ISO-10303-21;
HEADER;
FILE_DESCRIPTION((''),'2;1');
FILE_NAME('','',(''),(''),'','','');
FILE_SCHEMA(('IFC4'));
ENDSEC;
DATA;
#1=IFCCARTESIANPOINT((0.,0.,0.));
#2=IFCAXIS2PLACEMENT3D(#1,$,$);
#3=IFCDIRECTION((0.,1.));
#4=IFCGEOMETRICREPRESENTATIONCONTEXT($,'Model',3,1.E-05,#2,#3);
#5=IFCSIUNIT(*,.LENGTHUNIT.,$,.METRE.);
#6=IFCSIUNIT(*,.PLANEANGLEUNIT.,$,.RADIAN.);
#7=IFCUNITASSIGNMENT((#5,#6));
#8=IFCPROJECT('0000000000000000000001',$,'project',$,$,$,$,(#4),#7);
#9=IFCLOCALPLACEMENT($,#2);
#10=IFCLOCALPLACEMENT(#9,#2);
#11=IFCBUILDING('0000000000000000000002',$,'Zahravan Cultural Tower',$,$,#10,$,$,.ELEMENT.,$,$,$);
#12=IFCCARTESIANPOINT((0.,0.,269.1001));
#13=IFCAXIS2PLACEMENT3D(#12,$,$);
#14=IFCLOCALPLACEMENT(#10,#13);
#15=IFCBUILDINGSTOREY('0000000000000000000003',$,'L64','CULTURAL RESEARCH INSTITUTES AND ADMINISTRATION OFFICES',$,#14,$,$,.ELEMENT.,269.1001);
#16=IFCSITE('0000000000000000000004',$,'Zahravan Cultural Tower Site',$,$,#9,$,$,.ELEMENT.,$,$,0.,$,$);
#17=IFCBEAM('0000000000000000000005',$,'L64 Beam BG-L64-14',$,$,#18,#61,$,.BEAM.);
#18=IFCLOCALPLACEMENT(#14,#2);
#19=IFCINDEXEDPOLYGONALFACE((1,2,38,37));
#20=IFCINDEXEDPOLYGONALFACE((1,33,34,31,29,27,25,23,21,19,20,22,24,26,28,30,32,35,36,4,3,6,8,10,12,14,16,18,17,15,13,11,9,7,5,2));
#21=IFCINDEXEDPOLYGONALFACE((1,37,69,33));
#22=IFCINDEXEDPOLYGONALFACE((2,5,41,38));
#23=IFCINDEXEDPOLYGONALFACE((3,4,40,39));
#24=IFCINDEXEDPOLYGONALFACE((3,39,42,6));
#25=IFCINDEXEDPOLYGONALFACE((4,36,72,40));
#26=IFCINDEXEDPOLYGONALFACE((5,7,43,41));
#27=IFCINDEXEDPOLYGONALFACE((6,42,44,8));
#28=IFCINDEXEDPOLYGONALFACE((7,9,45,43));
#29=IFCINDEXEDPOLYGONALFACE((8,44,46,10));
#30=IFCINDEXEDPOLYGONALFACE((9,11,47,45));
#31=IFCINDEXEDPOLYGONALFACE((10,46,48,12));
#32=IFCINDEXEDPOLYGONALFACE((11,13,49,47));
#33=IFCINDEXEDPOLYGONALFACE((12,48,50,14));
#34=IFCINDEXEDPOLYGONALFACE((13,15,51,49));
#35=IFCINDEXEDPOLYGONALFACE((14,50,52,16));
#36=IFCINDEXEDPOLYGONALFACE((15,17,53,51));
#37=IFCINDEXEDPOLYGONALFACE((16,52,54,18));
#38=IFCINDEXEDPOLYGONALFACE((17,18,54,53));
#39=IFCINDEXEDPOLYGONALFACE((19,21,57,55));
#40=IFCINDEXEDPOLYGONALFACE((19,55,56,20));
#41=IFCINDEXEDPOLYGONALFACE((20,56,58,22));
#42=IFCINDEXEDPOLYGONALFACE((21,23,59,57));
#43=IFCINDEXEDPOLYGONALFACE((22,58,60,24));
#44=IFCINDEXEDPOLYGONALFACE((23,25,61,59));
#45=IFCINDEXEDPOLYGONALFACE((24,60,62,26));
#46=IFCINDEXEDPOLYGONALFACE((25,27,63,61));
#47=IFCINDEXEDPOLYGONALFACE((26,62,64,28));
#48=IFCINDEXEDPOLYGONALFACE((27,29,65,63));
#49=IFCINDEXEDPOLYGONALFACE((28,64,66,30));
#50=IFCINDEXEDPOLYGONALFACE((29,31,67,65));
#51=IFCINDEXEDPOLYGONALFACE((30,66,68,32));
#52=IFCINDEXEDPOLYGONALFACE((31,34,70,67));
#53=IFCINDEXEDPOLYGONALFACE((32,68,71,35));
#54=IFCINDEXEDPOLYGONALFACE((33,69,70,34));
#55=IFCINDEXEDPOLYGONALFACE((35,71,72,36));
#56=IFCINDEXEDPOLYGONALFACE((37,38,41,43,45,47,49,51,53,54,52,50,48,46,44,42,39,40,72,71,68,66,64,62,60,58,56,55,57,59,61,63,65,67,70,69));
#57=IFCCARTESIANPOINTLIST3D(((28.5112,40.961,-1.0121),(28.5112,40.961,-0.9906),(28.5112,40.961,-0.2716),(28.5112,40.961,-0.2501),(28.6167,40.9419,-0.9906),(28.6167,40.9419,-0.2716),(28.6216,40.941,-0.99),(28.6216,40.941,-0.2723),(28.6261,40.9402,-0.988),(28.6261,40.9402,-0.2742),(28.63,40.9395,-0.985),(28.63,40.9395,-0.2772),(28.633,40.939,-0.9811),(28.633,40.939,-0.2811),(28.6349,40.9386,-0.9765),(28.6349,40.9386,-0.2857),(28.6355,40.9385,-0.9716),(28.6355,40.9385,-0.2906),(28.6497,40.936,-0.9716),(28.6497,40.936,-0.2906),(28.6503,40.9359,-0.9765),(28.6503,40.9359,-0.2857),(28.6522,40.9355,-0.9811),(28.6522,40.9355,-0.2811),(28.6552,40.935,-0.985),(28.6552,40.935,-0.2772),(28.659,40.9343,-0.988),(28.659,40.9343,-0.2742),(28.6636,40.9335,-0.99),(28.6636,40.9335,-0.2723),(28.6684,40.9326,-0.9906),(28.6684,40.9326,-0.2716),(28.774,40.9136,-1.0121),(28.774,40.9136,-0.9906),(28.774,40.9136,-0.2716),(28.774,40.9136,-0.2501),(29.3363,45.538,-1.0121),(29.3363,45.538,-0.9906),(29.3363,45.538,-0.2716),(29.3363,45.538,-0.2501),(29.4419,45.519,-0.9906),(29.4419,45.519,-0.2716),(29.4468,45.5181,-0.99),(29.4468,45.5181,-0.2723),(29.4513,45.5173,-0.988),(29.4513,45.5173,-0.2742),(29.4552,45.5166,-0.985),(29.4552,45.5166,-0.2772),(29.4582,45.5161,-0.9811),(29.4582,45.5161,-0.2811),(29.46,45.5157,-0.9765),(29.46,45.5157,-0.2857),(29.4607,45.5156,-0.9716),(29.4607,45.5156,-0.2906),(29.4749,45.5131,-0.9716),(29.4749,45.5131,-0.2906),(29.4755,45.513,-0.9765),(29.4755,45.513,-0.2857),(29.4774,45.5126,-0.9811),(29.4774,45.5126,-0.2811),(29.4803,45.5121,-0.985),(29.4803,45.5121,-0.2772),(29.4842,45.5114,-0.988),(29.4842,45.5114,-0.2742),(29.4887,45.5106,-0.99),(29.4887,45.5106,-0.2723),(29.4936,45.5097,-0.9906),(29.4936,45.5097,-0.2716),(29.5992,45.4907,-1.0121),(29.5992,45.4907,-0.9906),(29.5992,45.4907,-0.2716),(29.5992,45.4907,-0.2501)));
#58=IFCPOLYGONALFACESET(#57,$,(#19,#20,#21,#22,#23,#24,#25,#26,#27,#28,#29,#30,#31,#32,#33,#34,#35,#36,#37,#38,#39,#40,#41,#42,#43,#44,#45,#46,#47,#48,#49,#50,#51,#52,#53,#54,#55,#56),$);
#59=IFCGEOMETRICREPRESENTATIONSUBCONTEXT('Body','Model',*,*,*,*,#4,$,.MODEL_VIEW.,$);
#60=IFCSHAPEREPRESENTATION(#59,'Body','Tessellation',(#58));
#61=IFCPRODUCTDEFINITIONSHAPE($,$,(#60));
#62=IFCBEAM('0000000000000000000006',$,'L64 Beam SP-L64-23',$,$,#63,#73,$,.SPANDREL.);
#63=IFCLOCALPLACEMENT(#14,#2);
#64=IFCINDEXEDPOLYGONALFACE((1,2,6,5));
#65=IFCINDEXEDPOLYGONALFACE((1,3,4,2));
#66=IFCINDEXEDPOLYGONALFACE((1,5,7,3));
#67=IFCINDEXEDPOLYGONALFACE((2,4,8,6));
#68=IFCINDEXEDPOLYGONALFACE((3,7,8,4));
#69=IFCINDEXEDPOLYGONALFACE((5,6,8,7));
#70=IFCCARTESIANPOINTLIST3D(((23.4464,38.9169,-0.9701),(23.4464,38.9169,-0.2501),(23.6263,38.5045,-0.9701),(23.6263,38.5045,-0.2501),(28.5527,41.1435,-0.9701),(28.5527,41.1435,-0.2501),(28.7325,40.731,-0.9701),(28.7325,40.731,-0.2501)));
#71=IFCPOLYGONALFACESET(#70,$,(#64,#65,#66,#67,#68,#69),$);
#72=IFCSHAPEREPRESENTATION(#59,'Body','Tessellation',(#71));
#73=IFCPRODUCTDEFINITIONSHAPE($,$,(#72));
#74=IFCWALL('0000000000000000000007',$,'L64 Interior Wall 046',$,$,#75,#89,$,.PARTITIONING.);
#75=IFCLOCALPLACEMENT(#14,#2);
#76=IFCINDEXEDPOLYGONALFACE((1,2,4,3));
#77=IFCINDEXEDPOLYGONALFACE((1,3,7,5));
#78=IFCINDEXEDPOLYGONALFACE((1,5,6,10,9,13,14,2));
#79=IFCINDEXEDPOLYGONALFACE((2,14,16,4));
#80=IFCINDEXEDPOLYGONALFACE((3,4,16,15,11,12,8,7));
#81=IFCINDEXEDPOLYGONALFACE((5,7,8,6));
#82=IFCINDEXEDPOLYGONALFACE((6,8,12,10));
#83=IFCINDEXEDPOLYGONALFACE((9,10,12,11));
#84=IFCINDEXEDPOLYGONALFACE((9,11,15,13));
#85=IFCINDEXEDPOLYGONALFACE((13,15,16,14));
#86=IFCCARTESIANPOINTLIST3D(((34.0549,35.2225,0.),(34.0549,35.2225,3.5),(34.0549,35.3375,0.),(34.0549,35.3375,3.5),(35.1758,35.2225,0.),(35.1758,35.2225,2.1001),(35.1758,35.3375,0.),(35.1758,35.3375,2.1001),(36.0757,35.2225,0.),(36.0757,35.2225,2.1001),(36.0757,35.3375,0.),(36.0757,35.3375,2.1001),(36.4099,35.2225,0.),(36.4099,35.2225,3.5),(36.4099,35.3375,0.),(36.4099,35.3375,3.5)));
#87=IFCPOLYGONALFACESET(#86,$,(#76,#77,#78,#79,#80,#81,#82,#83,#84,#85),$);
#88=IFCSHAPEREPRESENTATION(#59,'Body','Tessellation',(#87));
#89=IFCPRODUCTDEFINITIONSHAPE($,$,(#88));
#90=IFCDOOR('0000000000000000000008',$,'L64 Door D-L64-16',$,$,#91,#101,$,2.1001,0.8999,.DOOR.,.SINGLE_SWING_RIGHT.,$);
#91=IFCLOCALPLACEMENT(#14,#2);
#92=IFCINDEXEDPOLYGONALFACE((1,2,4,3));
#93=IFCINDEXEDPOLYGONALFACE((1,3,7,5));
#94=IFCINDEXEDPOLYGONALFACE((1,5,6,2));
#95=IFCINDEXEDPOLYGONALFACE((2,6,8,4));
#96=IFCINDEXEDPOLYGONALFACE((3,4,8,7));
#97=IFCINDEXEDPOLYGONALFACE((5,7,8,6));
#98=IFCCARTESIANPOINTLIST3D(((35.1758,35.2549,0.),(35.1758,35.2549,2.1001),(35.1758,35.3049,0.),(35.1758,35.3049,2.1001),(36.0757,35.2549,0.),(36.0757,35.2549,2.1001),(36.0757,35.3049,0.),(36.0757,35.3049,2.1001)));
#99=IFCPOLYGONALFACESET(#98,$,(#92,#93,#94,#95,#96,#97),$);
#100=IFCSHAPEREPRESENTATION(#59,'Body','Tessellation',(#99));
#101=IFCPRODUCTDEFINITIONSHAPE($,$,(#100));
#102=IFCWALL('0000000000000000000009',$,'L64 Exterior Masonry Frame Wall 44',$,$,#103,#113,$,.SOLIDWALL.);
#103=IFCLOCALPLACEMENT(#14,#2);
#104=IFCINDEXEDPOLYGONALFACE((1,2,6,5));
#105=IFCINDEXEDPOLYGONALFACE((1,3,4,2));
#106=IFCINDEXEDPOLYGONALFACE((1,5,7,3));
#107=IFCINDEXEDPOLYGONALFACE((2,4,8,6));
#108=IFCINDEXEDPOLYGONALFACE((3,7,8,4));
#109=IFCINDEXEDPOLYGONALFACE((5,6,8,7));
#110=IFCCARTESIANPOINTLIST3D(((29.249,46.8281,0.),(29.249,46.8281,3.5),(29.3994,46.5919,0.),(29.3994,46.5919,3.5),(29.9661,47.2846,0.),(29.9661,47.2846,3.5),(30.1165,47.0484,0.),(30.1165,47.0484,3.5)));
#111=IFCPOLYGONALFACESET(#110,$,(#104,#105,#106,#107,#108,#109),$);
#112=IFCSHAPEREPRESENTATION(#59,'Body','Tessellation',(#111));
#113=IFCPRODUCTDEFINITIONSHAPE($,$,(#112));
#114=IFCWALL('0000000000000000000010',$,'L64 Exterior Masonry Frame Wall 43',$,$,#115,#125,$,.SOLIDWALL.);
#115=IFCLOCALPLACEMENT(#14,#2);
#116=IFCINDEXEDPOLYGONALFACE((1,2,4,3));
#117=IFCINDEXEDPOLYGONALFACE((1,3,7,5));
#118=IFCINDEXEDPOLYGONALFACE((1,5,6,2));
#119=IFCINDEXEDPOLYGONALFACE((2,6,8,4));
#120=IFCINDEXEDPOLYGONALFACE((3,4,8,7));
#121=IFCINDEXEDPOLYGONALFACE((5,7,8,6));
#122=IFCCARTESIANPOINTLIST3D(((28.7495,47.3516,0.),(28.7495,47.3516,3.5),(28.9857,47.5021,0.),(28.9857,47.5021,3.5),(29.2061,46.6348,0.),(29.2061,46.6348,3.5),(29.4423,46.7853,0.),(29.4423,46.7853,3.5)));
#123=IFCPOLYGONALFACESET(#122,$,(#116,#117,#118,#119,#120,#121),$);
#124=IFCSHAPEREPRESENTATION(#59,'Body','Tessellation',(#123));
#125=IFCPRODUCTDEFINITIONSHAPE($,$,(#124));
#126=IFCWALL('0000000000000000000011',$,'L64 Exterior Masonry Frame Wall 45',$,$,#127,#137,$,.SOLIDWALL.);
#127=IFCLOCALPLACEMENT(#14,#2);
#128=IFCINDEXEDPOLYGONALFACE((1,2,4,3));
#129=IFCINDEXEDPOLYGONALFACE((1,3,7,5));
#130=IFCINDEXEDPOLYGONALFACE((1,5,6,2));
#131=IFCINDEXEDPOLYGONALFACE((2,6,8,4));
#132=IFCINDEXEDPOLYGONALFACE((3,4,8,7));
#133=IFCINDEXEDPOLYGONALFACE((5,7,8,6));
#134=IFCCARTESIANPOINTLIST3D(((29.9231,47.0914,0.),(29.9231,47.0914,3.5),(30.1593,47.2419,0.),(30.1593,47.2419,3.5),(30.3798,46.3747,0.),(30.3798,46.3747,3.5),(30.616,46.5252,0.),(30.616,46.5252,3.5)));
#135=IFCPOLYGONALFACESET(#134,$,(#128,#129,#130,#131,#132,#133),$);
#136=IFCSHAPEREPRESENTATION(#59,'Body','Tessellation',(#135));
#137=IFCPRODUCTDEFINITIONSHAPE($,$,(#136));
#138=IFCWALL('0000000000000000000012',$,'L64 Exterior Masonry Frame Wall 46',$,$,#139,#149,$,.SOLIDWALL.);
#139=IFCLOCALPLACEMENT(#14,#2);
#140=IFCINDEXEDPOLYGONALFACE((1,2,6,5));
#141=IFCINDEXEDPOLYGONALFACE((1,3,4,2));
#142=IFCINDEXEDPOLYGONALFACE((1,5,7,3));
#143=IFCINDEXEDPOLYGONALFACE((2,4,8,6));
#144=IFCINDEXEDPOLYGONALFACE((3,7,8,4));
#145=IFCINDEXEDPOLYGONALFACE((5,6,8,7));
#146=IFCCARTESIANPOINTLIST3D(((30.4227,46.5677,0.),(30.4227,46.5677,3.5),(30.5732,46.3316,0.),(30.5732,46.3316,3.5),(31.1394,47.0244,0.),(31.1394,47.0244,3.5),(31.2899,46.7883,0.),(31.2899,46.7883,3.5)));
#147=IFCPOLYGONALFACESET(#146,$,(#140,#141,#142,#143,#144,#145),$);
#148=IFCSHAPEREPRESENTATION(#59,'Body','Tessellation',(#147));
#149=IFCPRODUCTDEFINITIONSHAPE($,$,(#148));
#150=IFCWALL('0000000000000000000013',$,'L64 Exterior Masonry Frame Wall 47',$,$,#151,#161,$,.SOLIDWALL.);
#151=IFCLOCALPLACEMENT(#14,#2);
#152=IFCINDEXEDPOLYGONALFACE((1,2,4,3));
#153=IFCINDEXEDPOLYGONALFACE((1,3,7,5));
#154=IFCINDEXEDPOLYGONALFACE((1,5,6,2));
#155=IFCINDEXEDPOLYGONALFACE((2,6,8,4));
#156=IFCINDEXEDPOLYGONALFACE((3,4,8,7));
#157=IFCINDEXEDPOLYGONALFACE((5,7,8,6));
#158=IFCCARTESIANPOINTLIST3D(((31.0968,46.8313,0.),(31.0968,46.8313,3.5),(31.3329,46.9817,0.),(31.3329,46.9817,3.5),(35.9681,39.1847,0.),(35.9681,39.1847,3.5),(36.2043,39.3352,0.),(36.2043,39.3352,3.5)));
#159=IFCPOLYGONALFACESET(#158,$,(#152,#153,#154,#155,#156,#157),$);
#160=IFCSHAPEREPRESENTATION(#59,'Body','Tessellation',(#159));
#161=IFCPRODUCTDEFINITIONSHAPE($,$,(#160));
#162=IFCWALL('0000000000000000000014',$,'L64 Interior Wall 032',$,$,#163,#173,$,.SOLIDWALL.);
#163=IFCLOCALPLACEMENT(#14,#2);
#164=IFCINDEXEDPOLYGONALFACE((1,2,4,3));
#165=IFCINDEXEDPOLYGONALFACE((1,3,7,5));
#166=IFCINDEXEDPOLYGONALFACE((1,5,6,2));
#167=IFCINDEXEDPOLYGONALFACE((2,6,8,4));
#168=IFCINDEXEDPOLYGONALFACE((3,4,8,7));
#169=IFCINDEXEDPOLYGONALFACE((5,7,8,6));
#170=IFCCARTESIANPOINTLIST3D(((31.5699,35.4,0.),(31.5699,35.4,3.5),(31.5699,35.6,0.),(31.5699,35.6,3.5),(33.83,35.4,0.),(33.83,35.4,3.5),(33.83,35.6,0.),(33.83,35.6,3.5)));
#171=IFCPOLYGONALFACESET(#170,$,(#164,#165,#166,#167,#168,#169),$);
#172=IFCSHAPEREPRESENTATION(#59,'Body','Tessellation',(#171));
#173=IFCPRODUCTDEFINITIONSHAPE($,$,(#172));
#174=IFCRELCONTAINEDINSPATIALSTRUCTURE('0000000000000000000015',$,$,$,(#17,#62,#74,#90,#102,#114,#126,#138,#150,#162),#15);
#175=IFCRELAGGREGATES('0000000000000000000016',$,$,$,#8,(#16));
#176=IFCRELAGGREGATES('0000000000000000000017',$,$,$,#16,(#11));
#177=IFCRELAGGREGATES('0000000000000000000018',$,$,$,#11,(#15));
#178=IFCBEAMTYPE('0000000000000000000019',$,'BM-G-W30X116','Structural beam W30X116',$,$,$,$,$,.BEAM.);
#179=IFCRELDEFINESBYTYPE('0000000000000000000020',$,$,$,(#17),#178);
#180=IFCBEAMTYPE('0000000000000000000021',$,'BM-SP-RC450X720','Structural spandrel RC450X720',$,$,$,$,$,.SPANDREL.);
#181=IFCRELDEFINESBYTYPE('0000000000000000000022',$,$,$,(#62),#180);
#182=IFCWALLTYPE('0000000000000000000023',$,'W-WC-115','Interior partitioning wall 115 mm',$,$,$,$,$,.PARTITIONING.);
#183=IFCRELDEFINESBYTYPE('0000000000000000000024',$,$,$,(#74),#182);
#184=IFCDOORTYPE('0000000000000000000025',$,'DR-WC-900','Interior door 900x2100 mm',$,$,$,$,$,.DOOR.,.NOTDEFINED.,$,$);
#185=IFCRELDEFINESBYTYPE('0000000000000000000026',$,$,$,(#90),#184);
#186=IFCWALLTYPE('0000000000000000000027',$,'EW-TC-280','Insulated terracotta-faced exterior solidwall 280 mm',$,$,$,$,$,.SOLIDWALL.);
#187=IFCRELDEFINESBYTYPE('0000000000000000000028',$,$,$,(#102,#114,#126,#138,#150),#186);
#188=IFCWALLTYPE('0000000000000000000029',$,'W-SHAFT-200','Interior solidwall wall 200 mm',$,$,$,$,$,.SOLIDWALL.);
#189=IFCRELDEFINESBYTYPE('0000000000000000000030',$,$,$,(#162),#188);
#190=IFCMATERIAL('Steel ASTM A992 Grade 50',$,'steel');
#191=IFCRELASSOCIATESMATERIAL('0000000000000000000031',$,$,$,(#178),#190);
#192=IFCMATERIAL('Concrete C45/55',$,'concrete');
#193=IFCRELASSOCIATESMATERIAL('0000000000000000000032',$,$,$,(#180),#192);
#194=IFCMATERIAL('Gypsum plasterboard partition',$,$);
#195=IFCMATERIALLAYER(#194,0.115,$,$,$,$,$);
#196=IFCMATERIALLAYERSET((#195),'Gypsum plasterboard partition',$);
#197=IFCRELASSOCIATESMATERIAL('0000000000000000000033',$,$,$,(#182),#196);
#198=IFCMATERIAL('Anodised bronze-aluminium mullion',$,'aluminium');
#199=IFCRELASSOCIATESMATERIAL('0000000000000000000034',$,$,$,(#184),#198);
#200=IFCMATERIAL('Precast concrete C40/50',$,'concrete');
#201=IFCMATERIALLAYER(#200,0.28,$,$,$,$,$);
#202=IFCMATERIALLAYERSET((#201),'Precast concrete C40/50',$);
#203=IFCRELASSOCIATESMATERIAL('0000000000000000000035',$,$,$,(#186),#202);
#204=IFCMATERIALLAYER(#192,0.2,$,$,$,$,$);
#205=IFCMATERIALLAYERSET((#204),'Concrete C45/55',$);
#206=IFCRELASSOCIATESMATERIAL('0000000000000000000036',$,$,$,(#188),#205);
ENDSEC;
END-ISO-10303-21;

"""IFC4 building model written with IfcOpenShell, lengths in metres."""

from ifc_helpers import new_model, si_unit, direction, frame, frame_2d, origin, origin_2d, place, context, subcontext, project, spatial, rectangle, i_section, extrude, source, transform, mapped, material, layer, layer_set, material_profile, profile_set, type_object, element, fill, save


model = new_model("IFC4")

# Units and contexts
model_context = context("Model", 3, precision=1e-05, world=origin(), true_north=direction((0.0, 1.0)))
body_context = subcontext(model_context, "Body", "Model", "MODEL_VIEW")
ifc_project = project(units=[si_unit("LENGTHUNIT", "METRE"), si_unit("PLANEANGLEUNIT", "RADIAN")], contexts=[model_context])

# Site, building, storey
site_placement = place(None, origin())
site = spatial("IfcSite", under=ifc_project, at=site_placement, Name="Zahravan Cultural Tower Site", CompositionType="ELEMENT", RefElevation=0.0)
building_placement = place(site_placement, origin())
building = spatial("IfcBuilding", under=site, at=building_placement, Name="Zahravan Cultural Tower", CompositionType="ELEMENT")
storey_placement = place(building_placement, frame((0.0, 0.0, 269.1001)))
storey = spatial("IfcBuildingStorey", under=building, at=storey_placement, Name="L64", Description="CULTURAL RESEARCH INSTITUTES AND ADMINISTRATION OFFICES", CompositionType="ELEMENT", Elevation=269.1001)

# Shared definitions
ifc_material_1 = material(Name="Steel ASTM A992 Grade 50", Category="steel")

# Beams
ifc_material_profile_1 = material_profile(ifc_material_1, i_section(OverallWidth=0.2671, OverallDepth=0.762, WebThickness=0.0144, FlangeThickness=0.0215, FilletRadius=0.019, at=origin_2d()), Name="W30X116")
ifc_profile_set_1 = profile_set([ifc_material_profile_1], Name="Steel ASTM A992 Grade 50")
beam_type_1 = type_object("IfcBeamType", Name="BM-G-W30X116", Description="Structural beam W30X116", PredefinedType="BEAM", material=ifc_profile_set_1)
shared_shape_1 = source(origin(), body_context, "Body", "SweptSolid", [
    extrude(i_section(OverallWidth=0.2671, OverallDepth=0.762, WebThickness=0.0144, FlangeThickness=0.0215, FilletRadius=0.019, at=origin_2d()), origin(), (0.0, 0.0, 1.0), 4.6509),
])
beam_1_placement = place(storey_placement, frame((28.6426, 40.9373, -0.6311), z_axis=(0.177426, 0.984134, 0.0), x_axis=(-0.984134, 0.177426, 0.0)))
element("IfcBeam", 1, at=beam_1_placement, inside=storey, type_object=beam_type_1, Name="L64 Beam BG-L64-14", PredefinedType="BEAM", context=body_context, shape_type="MappedRepresentation", body=[
    mapped(shared_shape_1, transform((0.0, 0.0, 0.0), x_axis=(1.0, 0.0, 0.0), y_axis=(0.0, 1.0, 0.0), z_axis=(0.0, 0.0, 1.0), scale=1.0)),
])
ifc_material_2 = material(Name="Concrete C45/55", Category="concrete")
ifc_material_profile_2 = material_profile(ifc_material_2, rectangle(XDim=0.45, YDim=0.72, at=origin_2d()), Name="RC450X720")
ifc_profile_set_2 = profile_set([ifc_material_profile_2], Name="Concrete C45/55")
beam_type_2 = type_object("IfcBeamType", Name="BM-SP-RC450X720", Description="Structural spandrel RC450X720", PredefinedType="SPANDREL", material=ifc_profile_set_2)
shared_shape_2 = source(origin(), body_context, "Body", "SweptSolid", [
    extrude(rectangle(XDim=0.45, YDim=0.72, at=origin_2d()), origin(), (0.0, 0.0, 1.0), 5.5706),
])
beam_2_placement = place(storey_placement, frame((28.6426, 40.9373, -0.6101), z_axis=(-0.916645, -0.399703, 0.0), x_axis=(0.399703, -0.916645, 0.0)))
element("IfcBeam", 2, at=beam_2_placement, inside=storey, type_object=beam_type_2, Name="L64 Beam SP-L64-23", PredefinedType="SPANDREL", context=body_context, shape_type="MappedRepresentation", body=[
    mapped(shared_shape_2, transform((0.0, 0.0, 0.0), x_axis=(1.0, 0.0, 0.0), y_axis=(0.0, 1.0, 0.0), z_axis=(0.0, 0.0, 1.0), scale=1.0)),
])

# Wall, opening, door
ifc_material_3 = material(Name="Gypsum plasterboard partition")
ifc_material_4 = material(Name="Anodised bronze-aluminium mullion", Category="aluminium")
ifc_layer_1 = layer(ifc_material_3, 0.115)
ifc_layer_set_1 = layer_set([ifc_layer_1], Name="Gypsum plasterboard partition")
wall_type_1 = type_object("IfcWallType", Name="W-WC-115", Description="Interior partitioning wall 115 mm", PredefinedType="PARTITIONING", material=ifc_layer_set_1)
wall_1_placement = place(storey_placement, frame((34.0549, 35.28, 0.0), z_axis=(0.0, 0.0, 1.0), x_axis=(1.0, 0.0, 0.0)))
wall_1 = element("IfcWall", 3, at=wall_1_placement, inside=storey, type_object=wall_type_1, Name="L64 Interior Wall 046", PredefinedType="PARTITIONING", context=body_context, shape_type="SweptSolid", body=[
    extrude(rectangle(XDim=2.355, YDim=0.115, at=frame_2d((1.1775, 0.0))), origin(), (0.0, 0.0, 1.0), 3.5),
])
opening_1_placement = place(wall_1_placement, frame((1.1208, 0.0, 0.0)))
opening_1 = element("IfcOpeningElement", 4, at=opening_1_placement, cuts=wall_1, PredefinedType="OPENING", context=body_context, shape_type="SweptSolid", body=[
    extrude(rectangle(XDim=0.8999, YDim=2.1001, at=frame_2d((0.45, 1.05))), frame((0.0, 0.0674, 0.0), z_axis=(0.0, -1.0, 0.0), x_axis=(1.0, 0.0, 0.0)), (0.0, 0.0, 1.0), 0.135),
])
door_type_1 = type_object("IfcDoorType", Name="DR-WC-900", Description="Interior door 900x2100 mm", OperationType="NOTDEFINED", PredefinedType="DOOR", material=ifc_material_4)
shared_shape_3 = source(origin(), body_context, "Body", "SweptSolid", [
    extrude(rectangle(XDim=0.8999, YDim=2.1001, at=frame_2d((0.45, 1.05))), frame((0.0, 0.0249, 0.0), z_axis=(0.0, -1.0, 0.0), x_axis=(1.0, 0.0, 0.0)), (0.0, 0.0, 1.0), 0.05),
])
door_1_placement = place(opening_1_placement, origin())
door_1 = element("IfcDoor", 5, at=door_1_placement, inside=storey, type_object=door_type_1, Name="L64 Door D-L64-16", OperationType="SINGLE_SWING_RIGHT", OverallHeight=2.1001, OverallWidth=0.8999, PredefinedType="DOOR", context=body_context, shape_type="MappedRepresentation", body=[
    mapped(shared_shape_3, transform((0.0, 0.0, 0.0), x_axis=(1.0, 0.0, 0.0), y_axis=(0.0, 1.0, 0.0), z_axis=(0.0, 0.0, 1.0), scale=1.0)),
])
fill(opening_1, door_1)

# Walls
ifc_material_5 = material(Name="Precast concrete C40/50", Category="concrete")
ifc_layer_2 = layer(ifc_material_5, 0.28)
ifc_layer_set_2 = layer_set([ifc_layer_2], Name="Precast concrete C40/50")
wall_type_2 = type_object("IfcWallType", Name="EW-TC-280", Description="Insulated terracotta-faced exterior solidwall 280 mm", PredefinedType="SOLIDWALL", material=ifc_layer_set_2)
shared_shape_4 = source(origin(), body_context, "Body", "SweptSolid", [
    extrude(rectangle(XDim=0.8501, YDim=0.28, at=frame_2d((0.425, 0.0))), origin(), (0.0, 0.0, 1.0), 3.5),
])
wall_2_placement = place(storey_placement, frame((29.3242, 46.71, 0.0), z_axis=(0.0, 0.0, 1.0), x_axis=(0.843531, 0.53708, 0.0)))
element("IfcWall", 6, at=wall_2_placement, inside=storey, type_object=wall_type_2, Name="L64 Exterior Masonry Frame Wall 44", PredefinedType="SOLIDWALL", context=body_context, shape_type="MappedRepresentation", body=[
    mapped(shared_shape_4, transform((0.0, 0.0, 0.0), x_axis=(1.0, 0.0, 0.0), y_axis=(0.0, 1.0, 0.0), z_axis=(0.0, 0.0, 1.0), scale=1.0)),
])
shared_shape_5 = source(origin(), body_context, "Body", "SweptSolid", [
    extrude(rectangle(XDim=0.8499, YDim=0.28, at=frame_2d((0.4248, 0.0))), origin(), (0.0, 0.0, 1.0), 3.5),
])
for number, where, z_axis, x_axis, name in (
    (7, (28.8677, 47.4268, 0.0), (0.0, 0.0, 1.0), (0.53721, -0.843448, 0.0), "L64 Exterior Masonry Frame Wall 43"),
    (8, (30.0413, 47.1665, 0.0), (0.0, 0.0, 1.0), (0.537414, -0.843318, 0.0), "L64 Exterior Masonry Frame Wall 45"),
    (9, (30.498, 46.4497, 0.0), (0.0, 0.0, 1.0), (0.843318, 0.537414, 0.0), "L64 Exterior Masonry Frame Wall 46"),
):
    element("IfcWall", number, at=place(storey_placement, frame(where, z_axis=z_axis, x_axis=x_axis)), inside=storey, type_object=wall_type_2, Name=name, PredefinedType="SOLIDWALL", context=body_context, shape_type="MappedRepresentation", body=[
        mapped(shared_shape_5, transform((0.0, 0.0, 0.0), x_axis=(1.0, 0.0, 0.0), y_axis=(0.0, 1.0, 0.0), z_axis=(0.0, 0.0, 1.0), scale=1.0)),
    ])
shared_shape_6 = source(origin(), body_context, "Body", "SweptSolid", [
    extrude(rectangle(XDim=9.0664, YDim=0.28, at=frame_2d((4.5332, 0.0))), origin(), (0.0, 0.0, 1.0), 3.5),
])
wall_3_placement = place(storey_placement, frame((31.2148, 46.9065, 0.0), z_axis=(0.0, 0.0, 1.0), x_axis=(0.537299, -0.843392, 0.0)))
element("IfcWall", 10, at=wall_3_placement, inside=storey, type_object=wall_type_2, Name="L64 Exterior Masonry Frame Wall 47", PredefinedType="SOLIDWALL", context=body_context, shape_type="MappedRepresentation", body=[
    mapped(shared_shape_6, transform((0.0, 0.0, 0.0), x_axis=(1.0, 0.0, 0.0), y_axis=(0.0, 1.0, 0.0), z_axis=(0.0, 0.0, 1.0), scale=1.0)),
])
ifc_layer_3 = layer(ifc_material_2, 0.2)
ifc_layer_set_3 = layer_set([ifc_layer_3], Name="Concrete C45/55")
wall_type_3 = type_object("IfcWallType", Name="W-SHAFT-200", Description="Interior solidwall wall 200 mm", PredefinedType="SOLIDWALL", material=ifc_layer_set_3)
shared_shape_7 = source(origin(), body_context, "Body", "SweptSolid", [
    extrude(rectangle(XDim=2.26, YDim=0.2, at=frame_2d((1.1299, 0.0))), origin(), (0.0, 0.0, 1.0), 3.5),
])
wall_4_placement = place(storey_placement, frame((31.5701, 35.5, 0.0), z_axis=(0.0, 0.0, 1.0), x_axis=(1.0, 0.0, 0.0)))
element("IfcWall", 11, at=wall_4_placement, inside=storey, type_object=wall_type_3, Name="L64 Interior Wall 032", PredefinedType="SOLIDWALL", context=body_context, shape_type="MappedRepresentation", body=[
    mapped(shared_shape_7, transform((0.0, 0.0, 0.0), x_axis=(1.0, 0.0, 0.0), y_axis=(0.0, 1.0, 0.0), z_axis=(0.0, 0.0, 1.0), scale=1.0)),
])

save(model, "model.ifc")
